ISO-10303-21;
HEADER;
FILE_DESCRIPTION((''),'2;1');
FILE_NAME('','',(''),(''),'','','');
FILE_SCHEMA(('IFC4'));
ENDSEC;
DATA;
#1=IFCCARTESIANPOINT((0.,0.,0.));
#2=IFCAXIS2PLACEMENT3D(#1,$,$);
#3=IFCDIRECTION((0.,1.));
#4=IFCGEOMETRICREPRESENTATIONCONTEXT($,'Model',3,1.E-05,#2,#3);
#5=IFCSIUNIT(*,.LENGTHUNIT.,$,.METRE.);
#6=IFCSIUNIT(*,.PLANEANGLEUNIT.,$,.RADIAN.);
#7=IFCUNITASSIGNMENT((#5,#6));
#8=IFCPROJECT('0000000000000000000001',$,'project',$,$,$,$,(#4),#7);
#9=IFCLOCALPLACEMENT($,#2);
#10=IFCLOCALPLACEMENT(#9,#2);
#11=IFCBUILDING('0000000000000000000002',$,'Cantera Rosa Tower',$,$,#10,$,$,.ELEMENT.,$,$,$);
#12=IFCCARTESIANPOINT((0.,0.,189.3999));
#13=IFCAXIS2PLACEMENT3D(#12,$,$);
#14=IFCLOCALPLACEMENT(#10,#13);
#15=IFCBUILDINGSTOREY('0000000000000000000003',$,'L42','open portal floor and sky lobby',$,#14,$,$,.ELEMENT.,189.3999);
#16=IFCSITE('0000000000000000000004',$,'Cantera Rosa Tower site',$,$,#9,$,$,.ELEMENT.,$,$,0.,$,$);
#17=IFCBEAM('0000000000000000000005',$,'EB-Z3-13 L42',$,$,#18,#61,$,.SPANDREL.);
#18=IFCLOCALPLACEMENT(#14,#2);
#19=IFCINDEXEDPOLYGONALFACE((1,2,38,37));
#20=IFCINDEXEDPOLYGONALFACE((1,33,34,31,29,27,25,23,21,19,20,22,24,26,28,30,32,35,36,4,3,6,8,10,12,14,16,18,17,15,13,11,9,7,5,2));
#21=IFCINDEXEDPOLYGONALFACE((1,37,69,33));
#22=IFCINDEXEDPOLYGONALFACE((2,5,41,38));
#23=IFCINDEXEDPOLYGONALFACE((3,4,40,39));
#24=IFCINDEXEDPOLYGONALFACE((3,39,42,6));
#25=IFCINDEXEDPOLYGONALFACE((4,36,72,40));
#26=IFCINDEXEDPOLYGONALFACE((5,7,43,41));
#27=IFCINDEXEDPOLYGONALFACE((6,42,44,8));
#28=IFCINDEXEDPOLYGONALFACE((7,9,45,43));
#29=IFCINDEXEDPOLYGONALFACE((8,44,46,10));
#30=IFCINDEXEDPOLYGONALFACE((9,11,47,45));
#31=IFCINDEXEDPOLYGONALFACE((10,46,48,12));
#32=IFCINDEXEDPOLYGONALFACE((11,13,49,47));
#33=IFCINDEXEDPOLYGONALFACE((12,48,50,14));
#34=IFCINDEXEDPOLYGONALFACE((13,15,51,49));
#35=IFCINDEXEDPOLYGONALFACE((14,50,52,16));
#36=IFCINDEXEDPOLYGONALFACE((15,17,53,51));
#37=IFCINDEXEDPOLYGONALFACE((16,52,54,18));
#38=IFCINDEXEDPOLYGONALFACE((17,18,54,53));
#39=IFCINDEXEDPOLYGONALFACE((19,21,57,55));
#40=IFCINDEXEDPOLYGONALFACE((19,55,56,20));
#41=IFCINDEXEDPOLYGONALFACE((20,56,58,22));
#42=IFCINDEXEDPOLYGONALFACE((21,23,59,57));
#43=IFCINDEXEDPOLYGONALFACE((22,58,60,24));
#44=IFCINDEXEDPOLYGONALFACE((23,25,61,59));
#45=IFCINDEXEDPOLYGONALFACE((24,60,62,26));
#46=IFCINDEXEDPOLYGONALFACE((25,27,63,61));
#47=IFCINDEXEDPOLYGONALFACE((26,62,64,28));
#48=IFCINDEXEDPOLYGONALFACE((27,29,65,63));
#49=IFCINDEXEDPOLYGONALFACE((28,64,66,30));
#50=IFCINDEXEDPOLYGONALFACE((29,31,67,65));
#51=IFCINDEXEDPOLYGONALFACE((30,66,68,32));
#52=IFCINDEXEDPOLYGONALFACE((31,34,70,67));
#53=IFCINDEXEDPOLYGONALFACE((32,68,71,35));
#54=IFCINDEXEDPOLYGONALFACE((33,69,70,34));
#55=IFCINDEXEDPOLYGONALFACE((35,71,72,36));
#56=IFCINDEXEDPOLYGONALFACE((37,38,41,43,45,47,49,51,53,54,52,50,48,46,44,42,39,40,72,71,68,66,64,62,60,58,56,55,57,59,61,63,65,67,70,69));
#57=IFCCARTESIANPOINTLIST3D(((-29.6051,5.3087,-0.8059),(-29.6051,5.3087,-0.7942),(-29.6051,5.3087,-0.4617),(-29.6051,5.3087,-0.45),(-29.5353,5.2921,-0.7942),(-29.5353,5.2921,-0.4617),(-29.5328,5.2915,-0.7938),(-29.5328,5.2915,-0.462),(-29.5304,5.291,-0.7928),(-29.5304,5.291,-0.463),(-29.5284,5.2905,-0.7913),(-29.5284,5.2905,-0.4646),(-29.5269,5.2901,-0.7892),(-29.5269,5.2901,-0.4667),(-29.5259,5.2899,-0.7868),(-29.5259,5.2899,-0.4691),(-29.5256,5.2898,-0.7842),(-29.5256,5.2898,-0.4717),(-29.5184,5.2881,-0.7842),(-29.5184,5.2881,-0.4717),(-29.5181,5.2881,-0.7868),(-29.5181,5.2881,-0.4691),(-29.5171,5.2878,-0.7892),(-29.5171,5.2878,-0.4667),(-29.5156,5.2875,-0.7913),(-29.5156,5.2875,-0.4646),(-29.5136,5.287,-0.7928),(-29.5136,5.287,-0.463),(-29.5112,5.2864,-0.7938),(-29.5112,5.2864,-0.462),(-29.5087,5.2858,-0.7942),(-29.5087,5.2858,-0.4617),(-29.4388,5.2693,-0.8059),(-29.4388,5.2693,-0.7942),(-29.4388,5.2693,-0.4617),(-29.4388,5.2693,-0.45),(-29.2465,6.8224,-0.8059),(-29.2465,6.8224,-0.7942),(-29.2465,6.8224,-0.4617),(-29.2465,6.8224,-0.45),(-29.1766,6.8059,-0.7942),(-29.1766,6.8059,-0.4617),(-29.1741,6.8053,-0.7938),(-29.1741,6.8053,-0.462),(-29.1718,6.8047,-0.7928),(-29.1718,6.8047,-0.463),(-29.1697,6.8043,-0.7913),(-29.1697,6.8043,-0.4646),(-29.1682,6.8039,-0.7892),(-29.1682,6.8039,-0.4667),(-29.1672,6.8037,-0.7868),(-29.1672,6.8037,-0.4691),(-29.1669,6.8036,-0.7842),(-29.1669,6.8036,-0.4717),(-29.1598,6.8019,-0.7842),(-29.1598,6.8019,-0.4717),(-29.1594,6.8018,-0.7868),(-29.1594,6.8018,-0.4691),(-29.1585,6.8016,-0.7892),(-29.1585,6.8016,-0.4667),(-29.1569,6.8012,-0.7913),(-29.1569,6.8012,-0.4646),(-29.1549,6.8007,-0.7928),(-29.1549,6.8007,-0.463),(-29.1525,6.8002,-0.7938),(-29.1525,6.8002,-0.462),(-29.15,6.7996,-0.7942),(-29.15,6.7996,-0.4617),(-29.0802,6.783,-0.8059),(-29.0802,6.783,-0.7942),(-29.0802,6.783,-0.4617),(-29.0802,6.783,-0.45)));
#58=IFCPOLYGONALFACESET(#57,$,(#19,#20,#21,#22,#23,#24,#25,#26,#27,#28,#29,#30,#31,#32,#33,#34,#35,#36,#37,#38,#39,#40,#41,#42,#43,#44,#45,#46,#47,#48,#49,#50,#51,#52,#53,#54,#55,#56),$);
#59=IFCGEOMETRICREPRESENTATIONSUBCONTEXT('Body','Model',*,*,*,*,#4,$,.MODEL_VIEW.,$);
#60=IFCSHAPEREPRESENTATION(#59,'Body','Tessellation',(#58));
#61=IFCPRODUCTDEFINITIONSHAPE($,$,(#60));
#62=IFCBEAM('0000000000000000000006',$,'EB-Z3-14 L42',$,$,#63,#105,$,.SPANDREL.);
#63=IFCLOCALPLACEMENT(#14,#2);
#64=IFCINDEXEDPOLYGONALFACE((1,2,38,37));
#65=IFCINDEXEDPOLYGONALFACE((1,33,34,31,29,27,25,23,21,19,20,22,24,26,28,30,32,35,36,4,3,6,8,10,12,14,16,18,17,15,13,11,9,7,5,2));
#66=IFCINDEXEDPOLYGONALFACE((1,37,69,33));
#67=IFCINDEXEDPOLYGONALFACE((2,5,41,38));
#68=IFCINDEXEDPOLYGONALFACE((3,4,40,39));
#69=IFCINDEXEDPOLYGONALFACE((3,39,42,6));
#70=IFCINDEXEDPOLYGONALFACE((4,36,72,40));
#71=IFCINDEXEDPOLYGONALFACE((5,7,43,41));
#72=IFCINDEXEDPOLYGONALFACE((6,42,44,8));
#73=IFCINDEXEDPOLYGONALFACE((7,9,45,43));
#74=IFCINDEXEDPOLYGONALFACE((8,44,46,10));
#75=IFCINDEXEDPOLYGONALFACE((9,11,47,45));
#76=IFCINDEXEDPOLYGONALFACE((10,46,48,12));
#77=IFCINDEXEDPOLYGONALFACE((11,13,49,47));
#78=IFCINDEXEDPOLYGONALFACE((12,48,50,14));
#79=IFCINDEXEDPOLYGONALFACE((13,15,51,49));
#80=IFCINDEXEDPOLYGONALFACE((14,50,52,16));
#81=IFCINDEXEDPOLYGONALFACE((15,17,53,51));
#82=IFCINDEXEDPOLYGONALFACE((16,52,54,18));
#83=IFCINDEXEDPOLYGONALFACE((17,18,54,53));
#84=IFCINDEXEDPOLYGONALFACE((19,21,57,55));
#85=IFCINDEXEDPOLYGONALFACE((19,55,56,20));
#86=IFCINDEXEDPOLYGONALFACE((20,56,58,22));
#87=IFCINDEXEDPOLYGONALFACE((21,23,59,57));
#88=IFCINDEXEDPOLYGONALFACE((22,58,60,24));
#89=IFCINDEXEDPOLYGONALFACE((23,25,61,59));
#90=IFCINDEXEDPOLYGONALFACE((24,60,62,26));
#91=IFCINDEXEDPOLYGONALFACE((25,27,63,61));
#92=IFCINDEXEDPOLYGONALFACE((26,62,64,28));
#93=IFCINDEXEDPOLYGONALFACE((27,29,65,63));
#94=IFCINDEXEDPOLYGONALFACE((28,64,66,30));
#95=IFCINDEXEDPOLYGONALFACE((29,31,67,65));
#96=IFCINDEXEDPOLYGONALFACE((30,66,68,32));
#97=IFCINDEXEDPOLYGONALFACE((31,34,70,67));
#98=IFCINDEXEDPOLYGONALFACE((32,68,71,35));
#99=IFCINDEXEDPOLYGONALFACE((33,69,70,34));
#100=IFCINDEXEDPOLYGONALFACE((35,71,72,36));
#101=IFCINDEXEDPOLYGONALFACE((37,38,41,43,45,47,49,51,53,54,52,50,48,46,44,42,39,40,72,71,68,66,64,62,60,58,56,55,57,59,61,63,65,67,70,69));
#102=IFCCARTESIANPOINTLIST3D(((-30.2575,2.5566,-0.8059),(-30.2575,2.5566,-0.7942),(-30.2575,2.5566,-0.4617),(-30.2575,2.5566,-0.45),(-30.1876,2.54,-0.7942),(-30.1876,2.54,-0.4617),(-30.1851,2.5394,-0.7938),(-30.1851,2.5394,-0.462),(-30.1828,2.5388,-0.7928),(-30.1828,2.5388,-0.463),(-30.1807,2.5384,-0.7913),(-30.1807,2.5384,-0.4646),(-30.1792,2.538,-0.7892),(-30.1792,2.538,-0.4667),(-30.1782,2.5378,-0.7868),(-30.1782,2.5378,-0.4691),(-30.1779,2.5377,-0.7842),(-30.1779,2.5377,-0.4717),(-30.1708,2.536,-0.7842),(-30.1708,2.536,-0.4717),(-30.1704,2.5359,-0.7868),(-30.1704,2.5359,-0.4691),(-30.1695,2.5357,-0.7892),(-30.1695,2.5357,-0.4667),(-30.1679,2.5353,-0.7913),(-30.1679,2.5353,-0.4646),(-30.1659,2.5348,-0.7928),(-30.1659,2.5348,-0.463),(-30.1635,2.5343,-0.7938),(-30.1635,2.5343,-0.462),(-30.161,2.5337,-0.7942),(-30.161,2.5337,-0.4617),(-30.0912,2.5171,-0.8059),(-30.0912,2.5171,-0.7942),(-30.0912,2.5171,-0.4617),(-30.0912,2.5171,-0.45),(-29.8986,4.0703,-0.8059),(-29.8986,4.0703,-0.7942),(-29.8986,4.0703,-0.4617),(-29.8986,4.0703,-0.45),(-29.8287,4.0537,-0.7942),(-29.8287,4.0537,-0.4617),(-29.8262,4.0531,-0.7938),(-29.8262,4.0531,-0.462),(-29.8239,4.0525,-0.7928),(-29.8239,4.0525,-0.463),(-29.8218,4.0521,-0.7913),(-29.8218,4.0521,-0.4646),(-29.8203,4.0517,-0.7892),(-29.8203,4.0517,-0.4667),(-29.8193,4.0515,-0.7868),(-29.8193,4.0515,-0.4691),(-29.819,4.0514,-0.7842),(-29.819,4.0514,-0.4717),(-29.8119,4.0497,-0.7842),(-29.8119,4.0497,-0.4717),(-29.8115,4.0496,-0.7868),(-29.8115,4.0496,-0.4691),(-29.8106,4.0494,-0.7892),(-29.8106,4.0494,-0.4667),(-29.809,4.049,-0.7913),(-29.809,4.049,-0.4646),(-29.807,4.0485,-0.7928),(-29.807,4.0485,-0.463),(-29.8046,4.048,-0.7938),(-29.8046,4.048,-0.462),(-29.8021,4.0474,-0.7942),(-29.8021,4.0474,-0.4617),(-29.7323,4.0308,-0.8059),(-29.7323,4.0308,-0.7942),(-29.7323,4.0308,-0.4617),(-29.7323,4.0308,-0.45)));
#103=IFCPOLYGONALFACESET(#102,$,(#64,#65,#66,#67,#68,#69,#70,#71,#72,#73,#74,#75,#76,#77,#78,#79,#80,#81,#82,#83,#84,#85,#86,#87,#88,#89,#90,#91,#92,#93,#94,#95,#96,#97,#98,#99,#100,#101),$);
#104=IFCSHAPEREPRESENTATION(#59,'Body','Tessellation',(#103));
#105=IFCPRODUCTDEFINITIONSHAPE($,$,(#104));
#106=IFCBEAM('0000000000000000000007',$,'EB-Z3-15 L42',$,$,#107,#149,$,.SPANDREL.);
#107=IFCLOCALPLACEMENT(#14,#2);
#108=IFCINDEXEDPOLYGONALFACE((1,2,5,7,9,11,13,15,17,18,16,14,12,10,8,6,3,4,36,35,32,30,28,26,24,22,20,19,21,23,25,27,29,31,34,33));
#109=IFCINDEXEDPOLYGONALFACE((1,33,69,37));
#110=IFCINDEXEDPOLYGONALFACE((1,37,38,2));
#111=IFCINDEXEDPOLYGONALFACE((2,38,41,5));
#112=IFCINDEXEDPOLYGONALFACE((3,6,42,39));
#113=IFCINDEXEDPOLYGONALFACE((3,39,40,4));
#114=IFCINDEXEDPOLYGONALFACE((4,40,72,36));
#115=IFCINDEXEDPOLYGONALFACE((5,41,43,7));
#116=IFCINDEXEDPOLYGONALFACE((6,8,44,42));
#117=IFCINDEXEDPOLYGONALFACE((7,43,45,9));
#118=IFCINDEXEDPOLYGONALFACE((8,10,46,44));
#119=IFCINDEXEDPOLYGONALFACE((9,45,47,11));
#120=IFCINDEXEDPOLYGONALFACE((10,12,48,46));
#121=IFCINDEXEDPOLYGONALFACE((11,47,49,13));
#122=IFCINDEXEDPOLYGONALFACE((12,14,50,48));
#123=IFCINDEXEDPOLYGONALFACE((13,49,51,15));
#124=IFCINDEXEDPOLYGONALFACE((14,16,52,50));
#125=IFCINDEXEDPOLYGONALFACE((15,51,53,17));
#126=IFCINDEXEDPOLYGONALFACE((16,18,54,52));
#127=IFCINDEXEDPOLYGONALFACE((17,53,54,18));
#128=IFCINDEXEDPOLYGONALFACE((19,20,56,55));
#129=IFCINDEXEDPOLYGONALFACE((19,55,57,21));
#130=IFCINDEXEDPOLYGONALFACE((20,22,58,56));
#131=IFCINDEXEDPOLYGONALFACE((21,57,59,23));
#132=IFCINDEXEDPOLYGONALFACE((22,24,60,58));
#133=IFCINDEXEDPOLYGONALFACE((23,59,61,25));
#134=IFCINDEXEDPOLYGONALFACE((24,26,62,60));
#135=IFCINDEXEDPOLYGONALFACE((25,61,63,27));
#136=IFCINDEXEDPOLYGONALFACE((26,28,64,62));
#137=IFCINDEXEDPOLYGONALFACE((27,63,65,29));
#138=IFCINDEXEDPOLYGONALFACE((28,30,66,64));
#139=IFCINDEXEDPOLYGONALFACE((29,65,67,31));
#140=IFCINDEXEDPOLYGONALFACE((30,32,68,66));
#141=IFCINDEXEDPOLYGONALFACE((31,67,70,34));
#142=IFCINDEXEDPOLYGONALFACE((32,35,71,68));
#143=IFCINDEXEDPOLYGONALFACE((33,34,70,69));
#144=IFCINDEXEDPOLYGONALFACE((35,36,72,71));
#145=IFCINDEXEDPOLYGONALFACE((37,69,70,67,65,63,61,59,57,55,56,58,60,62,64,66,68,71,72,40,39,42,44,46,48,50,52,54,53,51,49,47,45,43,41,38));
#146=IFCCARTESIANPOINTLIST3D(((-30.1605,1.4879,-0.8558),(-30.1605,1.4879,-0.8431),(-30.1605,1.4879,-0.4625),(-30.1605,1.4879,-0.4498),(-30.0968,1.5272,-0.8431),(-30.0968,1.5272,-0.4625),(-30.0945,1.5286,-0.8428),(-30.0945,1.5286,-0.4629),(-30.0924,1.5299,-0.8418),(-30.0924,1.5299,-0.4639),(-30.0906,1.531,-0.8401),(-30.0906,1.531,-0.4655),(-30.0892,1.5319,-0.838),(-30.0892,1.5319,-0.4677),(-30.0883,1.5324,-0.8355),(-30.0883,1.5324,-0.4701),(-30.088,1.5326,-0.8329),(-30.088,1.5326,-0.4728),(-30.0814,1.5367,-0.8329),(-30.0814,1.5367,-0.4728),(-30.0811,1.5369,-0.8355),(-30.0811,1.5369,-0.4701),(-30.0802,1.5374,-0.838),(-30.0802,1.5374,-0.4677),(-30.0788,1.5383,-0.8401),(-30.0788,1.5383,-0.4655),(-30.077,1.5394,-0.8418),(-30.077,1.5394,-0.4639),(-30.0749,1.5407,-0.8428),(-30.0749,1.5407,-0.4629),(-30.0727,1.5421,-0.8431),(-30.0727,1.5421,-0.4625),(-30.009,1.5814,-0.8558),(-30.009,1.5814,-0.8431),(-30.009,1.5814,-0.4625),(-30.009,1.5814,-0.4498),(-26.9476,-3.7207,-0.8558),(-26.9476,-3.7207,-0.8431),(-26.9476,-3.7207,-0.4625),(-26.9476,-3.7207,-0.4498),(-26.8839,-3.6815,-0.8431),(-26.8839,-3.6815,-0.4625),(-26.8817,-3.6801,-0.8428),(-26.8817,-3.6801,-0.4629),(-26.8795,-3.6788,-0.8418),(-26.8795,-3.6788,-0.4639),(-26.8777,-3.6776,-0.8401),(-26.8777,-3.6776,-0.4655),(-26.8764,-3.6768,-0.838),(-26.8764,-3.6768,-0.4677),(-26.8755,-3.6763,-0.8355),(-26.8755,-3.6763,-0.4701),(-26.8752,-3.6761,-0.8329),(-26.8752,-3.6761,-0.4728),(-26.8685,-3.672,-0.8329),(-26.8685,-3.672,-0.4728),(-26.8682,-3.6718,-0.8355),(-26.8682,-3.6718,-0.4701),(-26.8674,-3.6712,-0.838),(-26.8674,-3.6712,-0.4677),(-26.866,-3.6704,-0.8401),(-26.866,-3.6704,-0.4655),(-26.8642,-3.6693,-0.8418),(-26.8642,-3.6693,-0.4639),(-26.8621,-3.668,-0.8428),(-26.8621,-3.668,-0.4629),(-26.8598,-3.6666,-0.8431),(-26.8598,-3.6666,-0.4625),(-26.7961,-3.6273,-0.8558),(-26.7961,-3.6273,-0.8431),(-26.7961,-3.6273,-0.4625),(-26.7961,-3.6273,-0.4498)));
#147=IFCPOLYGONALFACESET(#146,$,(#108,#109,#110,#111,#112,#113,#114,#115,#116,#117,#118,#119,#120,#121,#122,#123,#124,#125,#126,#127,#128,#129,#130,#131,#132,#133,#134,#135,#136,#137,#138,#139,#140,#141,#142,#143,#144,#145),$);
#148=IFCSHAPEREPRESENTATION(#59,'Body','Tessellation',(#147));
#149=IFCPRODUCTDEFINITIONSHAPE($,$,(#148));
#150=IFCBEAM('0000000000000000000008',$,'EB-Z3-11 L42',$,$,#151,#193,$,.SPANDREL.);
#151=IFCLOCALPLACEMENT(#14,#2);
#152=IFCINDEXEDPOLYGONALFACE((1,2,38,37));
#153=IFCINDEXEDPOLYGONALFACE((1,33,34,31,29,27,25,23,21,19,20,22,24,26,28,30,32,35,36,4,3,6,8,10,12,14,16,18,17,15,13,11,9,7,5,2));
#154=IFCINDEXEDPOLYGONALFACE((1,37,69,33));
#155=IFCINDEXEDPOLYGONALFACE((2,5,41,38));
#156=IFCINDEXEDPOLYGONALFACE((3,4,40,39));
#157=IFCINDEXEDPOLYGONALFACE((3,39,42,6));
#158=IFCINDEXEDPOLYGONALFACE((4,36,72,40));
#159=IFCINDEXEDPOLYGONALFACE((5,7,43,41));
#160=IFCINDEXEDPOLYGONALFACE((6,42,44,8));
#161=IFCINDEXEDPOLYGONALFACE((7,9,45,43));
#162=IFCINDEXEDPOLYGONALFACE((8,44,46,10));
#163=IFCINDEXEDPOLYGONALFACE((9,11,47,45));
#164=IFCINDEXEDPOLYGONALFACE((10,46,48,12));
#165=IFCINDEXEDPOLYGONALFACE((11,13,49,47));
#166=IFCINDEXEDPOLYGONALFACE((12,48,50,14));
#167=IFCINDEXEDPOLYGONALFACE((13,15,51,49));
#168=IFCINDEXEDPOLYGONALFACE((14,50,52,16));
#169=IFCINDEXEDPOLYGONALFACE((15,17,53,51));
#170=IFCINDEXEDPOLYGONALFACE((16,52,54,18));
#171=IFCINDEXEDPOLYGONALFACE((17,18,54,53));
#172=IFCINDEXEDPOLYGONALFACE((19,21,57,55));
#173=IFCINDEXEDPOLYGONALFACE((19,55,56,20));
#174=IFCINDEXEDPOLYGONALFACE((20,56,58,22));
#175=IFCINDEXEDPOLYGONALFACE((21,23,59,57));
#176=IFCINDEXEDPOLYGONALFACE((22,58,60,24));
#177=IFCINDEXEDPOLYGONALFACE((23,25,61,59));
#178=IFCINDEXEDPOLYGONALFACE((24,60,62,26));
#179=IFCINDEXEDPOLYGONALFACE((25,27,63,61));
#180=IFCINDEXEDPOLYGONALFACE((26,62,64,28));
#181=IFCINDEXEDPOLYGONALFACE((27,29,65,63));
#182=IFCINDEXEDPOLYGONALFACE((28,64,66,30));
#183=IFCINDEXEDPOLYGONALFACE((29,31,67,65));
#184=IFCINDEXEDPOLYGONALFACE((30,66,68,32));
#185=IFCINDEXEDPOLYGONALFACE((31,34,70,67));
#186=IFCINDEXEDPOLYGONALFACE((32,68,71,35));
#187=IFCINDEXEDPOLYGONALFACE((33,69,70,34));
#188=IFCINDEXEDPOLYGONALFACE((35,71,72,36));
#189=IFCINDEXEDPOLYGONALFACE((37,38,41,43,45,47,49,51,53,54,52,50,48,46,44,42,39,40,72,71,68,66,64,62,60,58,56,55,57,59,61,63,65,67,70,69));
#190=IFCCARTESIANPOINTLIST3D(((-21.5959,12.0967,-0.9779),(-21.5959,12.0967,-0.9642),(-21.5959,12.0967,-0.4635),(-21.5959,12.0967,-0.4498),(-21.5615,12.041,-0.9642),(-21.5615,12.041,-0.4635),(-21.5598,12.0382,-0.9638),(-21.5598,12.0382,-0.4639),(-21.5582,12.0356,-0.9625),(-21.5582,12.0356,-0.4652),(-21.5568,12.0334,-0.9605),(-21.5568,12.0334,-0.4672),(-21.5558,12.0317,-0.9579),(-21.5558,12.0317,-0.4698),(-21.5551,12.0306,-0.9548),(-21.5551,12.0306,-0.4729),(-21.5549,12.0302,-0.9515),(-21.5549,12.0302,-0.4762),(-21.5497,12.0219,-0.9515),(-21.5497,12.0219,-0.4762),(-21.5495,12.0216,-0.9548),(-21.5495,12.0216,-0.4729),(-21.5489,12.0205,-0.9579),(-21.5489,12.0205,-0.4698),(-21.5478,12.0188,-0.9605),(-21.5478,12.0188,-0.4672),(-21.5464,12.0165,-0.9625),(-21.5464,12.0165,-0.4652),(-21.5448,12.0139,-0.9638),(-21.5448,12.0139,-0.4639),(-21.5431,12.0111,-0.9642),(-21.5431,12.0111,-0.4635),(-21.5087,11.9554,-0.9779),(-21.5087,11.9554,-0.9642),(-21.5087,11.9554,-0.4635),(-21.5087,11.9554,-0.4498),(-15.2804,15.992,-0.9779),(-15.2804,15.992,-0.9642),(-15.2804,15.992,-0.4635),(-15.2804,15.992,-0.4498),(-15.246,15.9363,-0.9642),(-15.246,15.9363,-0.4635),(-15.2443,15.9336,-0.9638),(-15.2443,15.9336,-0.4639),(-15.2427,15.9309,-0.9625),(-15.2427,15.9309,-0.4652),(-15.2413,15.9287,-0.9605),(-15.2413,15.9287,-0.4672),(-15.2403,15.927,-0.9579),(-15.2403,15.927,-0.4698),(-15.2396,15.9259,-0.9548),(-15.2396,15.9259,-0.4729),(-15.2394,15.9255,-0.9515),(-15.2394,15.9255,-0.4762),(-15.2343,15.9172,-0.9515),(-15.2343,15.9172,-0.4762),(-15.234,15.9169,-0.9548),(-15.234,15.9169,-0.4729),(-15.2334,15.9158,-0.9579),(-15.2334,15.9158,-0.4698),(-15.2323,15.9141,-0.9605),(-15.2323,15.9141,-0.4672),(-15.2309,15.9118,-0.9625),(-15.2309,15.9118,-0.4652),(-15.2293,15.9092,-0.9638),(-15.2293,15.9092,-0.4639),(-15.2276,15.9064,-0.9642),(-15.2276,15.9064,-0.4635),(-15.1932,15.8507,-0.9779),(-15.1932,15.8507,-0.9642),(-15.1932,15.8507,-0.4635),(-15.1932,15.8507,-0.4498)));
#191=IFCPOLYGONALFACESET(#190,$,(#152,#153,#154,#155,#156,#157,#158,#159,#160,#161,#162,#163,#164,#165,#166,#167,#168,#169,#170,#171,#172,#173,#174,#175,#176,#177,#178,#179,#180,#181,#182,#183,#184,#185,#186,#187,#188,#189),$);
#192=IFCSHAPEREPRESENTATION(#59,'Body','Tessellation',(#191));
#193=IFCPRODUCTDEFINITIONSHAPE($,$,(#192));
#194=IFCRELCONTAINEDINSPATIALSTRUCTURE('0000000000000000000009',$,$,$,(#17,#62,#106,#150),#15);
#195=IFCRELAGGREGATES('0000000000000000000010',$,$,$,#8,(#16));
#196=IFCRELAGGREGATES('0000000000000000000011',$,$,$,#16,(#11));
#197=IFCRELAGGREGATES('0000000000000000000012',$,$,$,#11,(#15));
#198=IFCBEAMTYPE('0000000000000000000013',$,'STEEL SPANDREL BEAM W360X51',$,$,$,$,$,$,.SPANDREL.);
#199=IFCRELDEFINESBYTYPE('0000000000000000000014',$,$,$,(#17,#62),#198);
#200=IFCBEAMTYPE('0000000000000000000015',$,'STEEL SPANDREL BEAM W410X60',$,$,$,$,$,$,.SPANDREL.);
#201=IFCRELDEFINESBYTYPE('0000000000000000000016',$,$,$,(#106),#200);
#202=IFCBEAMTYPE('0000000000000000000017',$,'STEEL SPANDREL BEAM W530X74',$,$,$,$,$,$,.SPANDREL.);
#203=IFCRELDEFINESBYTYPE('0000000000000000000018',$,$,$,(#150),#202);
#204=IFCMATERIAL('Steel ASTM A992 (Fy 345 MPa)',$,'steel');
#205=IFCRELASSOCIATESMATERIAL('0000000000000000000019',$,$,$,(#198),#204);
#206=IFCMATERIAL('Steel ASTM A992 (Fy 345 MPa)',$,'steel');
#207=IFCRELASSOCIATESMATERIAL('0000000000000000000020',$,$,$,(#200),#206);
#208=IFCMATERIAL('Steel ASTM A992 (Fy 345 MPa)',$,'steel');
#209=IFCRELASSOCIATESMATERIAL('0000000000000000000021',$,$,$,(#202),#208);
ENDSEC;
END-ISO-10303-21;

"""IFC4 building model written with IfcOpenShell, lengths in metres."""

from ifc_helpers import new_model, si_unit, direction, frame, origin, origin_2d, place, context, subcontext, project, spatial, i_section, extrude, material, material_profile, profile_set, type_object, element, save


model = new_model("IFC4")

# Units and contexts
model_context = context("Model", 3, precision=1e-05, world=origin(), true_north=direction((0.0, 1.0)))
body_context = subcontext(model_context, "Body", "Model", "MODEL_VIEW")
ifc_project = project(units=[si_unit("LENGTHUNIT", "METRE"), si_unit("PLANEANGLEUNIT", "RADIAN")], contexts=[model_context])

# Site, building, storey
site_placement = place(None, origin())
site = spatial("IfcSite", under=ifc_project, at=site_placement, Name="Cantera Rosa Tower site", CompositionType="ELEMENT", RefElevation=0.0)
building_placement = place(site_placement, origin())
building = spatial("IfcBuilding", under=site, at=building_placement, Name="Cantera Rosa Tower", CompositionType="ELEMENT")
storey_placement = place(building_placement, frame((0.0, 0.0, 189.3999)))
storey = spatial("IfcBuildingStorey", under=building, at=storey_placement, Name="L42", Description="open portal floor and sky lobby", CompositionType="ELEMENT", Elevation=189.3999)

# Beams
ifc_material_1 = material(Name="Steel ASTM A992 (Fy 345 MPa)", Category="steel")
ifc_material_profile_1 = material_profile(ifc_material_1, i_section(OverallWidth=0.1709, OverallDepth=0.356, WebThickness=0.0073, FlangeThickness=0.0117, FilletRadius=0.01, at=origin_2d()), Name="W360X51")
ifc_profile_set_1 = profile_set([ifc_material_profile_1], Name="Steel ASTM A992 (Fy 345 MPa)")
beam_type_1 = type_object("IfcBeamType", Name="STEEL SPANDREL BEAM W360X51", PredefinedType="SPANDREL", material=ifc_profile_set_1)
for number, where, z_axis, x_axis, name in (
    (1, (-29.1633, 6.8027, -0.6279), (-0.230552, -0.97306, 0.0), (0.97306, -0.230552, 0.0), "EB-Z3-13 L42"),
    (2, (-29.8154, 4.0505, -0.6279), (-0.230701, -0.973025, 0.0), (0.973025, -0.230701, 0.0), "EB-Z3-14 L42"),
):
    element("IfcBeam", number, at=place(storey_placement, frame(where, z_axis=z_axis, x_axis=x_axis)), inside=storey, type_object=beam_type_1, Name=name, PredefinedType="SPANDREL", context=body_context, shape_type="SweptSolid", body=[
        extrude(i_section(OverallWidth=0.1709, OverallDepth=0.356, WebThickness=0.0073, FlangeThickness=0.0117, FilletRadius=0.01, at=origin_2d()), origin(), (0.0, 0.0, 1.0), 1.5557),
    ])
ifc_material_2 = material(Name="Steel ASTM A992 (Fy 345 MPa)", Category="steel")
ifc_material_profile_2 = material_profile(ifc_material_2, i_section(OverallWidth=0.178, OverallDepth=0.406, WebThickness=0.0078, FlangeThickness=0.0127, FilletRadius=0.0103, at=origin_2d()), Name="W410X60")
ifc_profile_set_2 = profile_set([ifc_material_profile_2], Name="Steel ASTM A992 (Fy 345 MPa)")
beam_type_2 = type_object("IfcBeamType", Name="STEEL SPANDREL BEAM W410X60", PredefinedType="SPANDREL", material=ifc_profile_set_2)
beam_1_placement = place(storey_placement, frame((-30.0847, 1.5347, -0.6528), z_axis=(0.524987, -0.85111, 0.0), x_axis=(0.85111, 0.524987, 0.0)))
element("IfcBeam", 3, at=beam_1_placement, inside=storey, type_object=beam_type_2, Name="EB-Z3-15 L42", PredefinedType="SPANDREL", context=body_context, shape_type="SweptSolid", body=[
    extrude(i_section(OverallWidth=0.178, OverallDepth=0.406, WebThickness=0.0078, FlangeThickness=0.0127, FilletRadius=0.0103, at=origin_2d()), origin(), (0.0, 0.0, 1.0), 6.1199),
])
ifc_material_3 = material(Name="Steel ASTM A992 (Fy 345 MPa)", Category="steel")
ifc_material_profile_3 = material_profile(ifc_material_3, i_section(OverallWidth=0.166, OverallDepth=0.5281, WebThickness=0.0098, FlangeThickness=0.0137, FilletRadius=0.0127, at=origin_2d()), Name="W530X74")
ifc_profile_set_3 = profile_set([ifc_material_profile_3], Name="Steel ASTM A992 (Fy 345 MPa)")
beam_type_3 = type_object("IfcBeamType", Name="STEEL SPANDREL BEAM W530X74", PredefinedType="SPANDREL", material=ifc_profile_set_3)
for number, where, z_axis, x_axis, name in (
    (4, (-15.2368, 15.9214, -0.7139), (-0.851126, -0.524962, 0.0), (0.524962, -0.851126, 0.0), "EB-Z3-11 L42"),
):
    element("IfcBeam", number, at=place(storey_placement, frame(where, z_axis=z_axis, x_axis=x_axis)), inside=storey, type_object=beam_type_3, Name=name, PredefinedType="SPANDREL", context=body_context, shape_type="SweptSolid", body=[
        extrude(i_section(OverallWidth=0.166, OverallDepth=0.5281, WebThickness=0.0098, FlangeThickness=0.0137, FilletRadius=0.0127, at=origin_2d()), origin(), (0.0, 0.0, 1.0), 7.4202),
    ])

save(model, "model.ifc")
